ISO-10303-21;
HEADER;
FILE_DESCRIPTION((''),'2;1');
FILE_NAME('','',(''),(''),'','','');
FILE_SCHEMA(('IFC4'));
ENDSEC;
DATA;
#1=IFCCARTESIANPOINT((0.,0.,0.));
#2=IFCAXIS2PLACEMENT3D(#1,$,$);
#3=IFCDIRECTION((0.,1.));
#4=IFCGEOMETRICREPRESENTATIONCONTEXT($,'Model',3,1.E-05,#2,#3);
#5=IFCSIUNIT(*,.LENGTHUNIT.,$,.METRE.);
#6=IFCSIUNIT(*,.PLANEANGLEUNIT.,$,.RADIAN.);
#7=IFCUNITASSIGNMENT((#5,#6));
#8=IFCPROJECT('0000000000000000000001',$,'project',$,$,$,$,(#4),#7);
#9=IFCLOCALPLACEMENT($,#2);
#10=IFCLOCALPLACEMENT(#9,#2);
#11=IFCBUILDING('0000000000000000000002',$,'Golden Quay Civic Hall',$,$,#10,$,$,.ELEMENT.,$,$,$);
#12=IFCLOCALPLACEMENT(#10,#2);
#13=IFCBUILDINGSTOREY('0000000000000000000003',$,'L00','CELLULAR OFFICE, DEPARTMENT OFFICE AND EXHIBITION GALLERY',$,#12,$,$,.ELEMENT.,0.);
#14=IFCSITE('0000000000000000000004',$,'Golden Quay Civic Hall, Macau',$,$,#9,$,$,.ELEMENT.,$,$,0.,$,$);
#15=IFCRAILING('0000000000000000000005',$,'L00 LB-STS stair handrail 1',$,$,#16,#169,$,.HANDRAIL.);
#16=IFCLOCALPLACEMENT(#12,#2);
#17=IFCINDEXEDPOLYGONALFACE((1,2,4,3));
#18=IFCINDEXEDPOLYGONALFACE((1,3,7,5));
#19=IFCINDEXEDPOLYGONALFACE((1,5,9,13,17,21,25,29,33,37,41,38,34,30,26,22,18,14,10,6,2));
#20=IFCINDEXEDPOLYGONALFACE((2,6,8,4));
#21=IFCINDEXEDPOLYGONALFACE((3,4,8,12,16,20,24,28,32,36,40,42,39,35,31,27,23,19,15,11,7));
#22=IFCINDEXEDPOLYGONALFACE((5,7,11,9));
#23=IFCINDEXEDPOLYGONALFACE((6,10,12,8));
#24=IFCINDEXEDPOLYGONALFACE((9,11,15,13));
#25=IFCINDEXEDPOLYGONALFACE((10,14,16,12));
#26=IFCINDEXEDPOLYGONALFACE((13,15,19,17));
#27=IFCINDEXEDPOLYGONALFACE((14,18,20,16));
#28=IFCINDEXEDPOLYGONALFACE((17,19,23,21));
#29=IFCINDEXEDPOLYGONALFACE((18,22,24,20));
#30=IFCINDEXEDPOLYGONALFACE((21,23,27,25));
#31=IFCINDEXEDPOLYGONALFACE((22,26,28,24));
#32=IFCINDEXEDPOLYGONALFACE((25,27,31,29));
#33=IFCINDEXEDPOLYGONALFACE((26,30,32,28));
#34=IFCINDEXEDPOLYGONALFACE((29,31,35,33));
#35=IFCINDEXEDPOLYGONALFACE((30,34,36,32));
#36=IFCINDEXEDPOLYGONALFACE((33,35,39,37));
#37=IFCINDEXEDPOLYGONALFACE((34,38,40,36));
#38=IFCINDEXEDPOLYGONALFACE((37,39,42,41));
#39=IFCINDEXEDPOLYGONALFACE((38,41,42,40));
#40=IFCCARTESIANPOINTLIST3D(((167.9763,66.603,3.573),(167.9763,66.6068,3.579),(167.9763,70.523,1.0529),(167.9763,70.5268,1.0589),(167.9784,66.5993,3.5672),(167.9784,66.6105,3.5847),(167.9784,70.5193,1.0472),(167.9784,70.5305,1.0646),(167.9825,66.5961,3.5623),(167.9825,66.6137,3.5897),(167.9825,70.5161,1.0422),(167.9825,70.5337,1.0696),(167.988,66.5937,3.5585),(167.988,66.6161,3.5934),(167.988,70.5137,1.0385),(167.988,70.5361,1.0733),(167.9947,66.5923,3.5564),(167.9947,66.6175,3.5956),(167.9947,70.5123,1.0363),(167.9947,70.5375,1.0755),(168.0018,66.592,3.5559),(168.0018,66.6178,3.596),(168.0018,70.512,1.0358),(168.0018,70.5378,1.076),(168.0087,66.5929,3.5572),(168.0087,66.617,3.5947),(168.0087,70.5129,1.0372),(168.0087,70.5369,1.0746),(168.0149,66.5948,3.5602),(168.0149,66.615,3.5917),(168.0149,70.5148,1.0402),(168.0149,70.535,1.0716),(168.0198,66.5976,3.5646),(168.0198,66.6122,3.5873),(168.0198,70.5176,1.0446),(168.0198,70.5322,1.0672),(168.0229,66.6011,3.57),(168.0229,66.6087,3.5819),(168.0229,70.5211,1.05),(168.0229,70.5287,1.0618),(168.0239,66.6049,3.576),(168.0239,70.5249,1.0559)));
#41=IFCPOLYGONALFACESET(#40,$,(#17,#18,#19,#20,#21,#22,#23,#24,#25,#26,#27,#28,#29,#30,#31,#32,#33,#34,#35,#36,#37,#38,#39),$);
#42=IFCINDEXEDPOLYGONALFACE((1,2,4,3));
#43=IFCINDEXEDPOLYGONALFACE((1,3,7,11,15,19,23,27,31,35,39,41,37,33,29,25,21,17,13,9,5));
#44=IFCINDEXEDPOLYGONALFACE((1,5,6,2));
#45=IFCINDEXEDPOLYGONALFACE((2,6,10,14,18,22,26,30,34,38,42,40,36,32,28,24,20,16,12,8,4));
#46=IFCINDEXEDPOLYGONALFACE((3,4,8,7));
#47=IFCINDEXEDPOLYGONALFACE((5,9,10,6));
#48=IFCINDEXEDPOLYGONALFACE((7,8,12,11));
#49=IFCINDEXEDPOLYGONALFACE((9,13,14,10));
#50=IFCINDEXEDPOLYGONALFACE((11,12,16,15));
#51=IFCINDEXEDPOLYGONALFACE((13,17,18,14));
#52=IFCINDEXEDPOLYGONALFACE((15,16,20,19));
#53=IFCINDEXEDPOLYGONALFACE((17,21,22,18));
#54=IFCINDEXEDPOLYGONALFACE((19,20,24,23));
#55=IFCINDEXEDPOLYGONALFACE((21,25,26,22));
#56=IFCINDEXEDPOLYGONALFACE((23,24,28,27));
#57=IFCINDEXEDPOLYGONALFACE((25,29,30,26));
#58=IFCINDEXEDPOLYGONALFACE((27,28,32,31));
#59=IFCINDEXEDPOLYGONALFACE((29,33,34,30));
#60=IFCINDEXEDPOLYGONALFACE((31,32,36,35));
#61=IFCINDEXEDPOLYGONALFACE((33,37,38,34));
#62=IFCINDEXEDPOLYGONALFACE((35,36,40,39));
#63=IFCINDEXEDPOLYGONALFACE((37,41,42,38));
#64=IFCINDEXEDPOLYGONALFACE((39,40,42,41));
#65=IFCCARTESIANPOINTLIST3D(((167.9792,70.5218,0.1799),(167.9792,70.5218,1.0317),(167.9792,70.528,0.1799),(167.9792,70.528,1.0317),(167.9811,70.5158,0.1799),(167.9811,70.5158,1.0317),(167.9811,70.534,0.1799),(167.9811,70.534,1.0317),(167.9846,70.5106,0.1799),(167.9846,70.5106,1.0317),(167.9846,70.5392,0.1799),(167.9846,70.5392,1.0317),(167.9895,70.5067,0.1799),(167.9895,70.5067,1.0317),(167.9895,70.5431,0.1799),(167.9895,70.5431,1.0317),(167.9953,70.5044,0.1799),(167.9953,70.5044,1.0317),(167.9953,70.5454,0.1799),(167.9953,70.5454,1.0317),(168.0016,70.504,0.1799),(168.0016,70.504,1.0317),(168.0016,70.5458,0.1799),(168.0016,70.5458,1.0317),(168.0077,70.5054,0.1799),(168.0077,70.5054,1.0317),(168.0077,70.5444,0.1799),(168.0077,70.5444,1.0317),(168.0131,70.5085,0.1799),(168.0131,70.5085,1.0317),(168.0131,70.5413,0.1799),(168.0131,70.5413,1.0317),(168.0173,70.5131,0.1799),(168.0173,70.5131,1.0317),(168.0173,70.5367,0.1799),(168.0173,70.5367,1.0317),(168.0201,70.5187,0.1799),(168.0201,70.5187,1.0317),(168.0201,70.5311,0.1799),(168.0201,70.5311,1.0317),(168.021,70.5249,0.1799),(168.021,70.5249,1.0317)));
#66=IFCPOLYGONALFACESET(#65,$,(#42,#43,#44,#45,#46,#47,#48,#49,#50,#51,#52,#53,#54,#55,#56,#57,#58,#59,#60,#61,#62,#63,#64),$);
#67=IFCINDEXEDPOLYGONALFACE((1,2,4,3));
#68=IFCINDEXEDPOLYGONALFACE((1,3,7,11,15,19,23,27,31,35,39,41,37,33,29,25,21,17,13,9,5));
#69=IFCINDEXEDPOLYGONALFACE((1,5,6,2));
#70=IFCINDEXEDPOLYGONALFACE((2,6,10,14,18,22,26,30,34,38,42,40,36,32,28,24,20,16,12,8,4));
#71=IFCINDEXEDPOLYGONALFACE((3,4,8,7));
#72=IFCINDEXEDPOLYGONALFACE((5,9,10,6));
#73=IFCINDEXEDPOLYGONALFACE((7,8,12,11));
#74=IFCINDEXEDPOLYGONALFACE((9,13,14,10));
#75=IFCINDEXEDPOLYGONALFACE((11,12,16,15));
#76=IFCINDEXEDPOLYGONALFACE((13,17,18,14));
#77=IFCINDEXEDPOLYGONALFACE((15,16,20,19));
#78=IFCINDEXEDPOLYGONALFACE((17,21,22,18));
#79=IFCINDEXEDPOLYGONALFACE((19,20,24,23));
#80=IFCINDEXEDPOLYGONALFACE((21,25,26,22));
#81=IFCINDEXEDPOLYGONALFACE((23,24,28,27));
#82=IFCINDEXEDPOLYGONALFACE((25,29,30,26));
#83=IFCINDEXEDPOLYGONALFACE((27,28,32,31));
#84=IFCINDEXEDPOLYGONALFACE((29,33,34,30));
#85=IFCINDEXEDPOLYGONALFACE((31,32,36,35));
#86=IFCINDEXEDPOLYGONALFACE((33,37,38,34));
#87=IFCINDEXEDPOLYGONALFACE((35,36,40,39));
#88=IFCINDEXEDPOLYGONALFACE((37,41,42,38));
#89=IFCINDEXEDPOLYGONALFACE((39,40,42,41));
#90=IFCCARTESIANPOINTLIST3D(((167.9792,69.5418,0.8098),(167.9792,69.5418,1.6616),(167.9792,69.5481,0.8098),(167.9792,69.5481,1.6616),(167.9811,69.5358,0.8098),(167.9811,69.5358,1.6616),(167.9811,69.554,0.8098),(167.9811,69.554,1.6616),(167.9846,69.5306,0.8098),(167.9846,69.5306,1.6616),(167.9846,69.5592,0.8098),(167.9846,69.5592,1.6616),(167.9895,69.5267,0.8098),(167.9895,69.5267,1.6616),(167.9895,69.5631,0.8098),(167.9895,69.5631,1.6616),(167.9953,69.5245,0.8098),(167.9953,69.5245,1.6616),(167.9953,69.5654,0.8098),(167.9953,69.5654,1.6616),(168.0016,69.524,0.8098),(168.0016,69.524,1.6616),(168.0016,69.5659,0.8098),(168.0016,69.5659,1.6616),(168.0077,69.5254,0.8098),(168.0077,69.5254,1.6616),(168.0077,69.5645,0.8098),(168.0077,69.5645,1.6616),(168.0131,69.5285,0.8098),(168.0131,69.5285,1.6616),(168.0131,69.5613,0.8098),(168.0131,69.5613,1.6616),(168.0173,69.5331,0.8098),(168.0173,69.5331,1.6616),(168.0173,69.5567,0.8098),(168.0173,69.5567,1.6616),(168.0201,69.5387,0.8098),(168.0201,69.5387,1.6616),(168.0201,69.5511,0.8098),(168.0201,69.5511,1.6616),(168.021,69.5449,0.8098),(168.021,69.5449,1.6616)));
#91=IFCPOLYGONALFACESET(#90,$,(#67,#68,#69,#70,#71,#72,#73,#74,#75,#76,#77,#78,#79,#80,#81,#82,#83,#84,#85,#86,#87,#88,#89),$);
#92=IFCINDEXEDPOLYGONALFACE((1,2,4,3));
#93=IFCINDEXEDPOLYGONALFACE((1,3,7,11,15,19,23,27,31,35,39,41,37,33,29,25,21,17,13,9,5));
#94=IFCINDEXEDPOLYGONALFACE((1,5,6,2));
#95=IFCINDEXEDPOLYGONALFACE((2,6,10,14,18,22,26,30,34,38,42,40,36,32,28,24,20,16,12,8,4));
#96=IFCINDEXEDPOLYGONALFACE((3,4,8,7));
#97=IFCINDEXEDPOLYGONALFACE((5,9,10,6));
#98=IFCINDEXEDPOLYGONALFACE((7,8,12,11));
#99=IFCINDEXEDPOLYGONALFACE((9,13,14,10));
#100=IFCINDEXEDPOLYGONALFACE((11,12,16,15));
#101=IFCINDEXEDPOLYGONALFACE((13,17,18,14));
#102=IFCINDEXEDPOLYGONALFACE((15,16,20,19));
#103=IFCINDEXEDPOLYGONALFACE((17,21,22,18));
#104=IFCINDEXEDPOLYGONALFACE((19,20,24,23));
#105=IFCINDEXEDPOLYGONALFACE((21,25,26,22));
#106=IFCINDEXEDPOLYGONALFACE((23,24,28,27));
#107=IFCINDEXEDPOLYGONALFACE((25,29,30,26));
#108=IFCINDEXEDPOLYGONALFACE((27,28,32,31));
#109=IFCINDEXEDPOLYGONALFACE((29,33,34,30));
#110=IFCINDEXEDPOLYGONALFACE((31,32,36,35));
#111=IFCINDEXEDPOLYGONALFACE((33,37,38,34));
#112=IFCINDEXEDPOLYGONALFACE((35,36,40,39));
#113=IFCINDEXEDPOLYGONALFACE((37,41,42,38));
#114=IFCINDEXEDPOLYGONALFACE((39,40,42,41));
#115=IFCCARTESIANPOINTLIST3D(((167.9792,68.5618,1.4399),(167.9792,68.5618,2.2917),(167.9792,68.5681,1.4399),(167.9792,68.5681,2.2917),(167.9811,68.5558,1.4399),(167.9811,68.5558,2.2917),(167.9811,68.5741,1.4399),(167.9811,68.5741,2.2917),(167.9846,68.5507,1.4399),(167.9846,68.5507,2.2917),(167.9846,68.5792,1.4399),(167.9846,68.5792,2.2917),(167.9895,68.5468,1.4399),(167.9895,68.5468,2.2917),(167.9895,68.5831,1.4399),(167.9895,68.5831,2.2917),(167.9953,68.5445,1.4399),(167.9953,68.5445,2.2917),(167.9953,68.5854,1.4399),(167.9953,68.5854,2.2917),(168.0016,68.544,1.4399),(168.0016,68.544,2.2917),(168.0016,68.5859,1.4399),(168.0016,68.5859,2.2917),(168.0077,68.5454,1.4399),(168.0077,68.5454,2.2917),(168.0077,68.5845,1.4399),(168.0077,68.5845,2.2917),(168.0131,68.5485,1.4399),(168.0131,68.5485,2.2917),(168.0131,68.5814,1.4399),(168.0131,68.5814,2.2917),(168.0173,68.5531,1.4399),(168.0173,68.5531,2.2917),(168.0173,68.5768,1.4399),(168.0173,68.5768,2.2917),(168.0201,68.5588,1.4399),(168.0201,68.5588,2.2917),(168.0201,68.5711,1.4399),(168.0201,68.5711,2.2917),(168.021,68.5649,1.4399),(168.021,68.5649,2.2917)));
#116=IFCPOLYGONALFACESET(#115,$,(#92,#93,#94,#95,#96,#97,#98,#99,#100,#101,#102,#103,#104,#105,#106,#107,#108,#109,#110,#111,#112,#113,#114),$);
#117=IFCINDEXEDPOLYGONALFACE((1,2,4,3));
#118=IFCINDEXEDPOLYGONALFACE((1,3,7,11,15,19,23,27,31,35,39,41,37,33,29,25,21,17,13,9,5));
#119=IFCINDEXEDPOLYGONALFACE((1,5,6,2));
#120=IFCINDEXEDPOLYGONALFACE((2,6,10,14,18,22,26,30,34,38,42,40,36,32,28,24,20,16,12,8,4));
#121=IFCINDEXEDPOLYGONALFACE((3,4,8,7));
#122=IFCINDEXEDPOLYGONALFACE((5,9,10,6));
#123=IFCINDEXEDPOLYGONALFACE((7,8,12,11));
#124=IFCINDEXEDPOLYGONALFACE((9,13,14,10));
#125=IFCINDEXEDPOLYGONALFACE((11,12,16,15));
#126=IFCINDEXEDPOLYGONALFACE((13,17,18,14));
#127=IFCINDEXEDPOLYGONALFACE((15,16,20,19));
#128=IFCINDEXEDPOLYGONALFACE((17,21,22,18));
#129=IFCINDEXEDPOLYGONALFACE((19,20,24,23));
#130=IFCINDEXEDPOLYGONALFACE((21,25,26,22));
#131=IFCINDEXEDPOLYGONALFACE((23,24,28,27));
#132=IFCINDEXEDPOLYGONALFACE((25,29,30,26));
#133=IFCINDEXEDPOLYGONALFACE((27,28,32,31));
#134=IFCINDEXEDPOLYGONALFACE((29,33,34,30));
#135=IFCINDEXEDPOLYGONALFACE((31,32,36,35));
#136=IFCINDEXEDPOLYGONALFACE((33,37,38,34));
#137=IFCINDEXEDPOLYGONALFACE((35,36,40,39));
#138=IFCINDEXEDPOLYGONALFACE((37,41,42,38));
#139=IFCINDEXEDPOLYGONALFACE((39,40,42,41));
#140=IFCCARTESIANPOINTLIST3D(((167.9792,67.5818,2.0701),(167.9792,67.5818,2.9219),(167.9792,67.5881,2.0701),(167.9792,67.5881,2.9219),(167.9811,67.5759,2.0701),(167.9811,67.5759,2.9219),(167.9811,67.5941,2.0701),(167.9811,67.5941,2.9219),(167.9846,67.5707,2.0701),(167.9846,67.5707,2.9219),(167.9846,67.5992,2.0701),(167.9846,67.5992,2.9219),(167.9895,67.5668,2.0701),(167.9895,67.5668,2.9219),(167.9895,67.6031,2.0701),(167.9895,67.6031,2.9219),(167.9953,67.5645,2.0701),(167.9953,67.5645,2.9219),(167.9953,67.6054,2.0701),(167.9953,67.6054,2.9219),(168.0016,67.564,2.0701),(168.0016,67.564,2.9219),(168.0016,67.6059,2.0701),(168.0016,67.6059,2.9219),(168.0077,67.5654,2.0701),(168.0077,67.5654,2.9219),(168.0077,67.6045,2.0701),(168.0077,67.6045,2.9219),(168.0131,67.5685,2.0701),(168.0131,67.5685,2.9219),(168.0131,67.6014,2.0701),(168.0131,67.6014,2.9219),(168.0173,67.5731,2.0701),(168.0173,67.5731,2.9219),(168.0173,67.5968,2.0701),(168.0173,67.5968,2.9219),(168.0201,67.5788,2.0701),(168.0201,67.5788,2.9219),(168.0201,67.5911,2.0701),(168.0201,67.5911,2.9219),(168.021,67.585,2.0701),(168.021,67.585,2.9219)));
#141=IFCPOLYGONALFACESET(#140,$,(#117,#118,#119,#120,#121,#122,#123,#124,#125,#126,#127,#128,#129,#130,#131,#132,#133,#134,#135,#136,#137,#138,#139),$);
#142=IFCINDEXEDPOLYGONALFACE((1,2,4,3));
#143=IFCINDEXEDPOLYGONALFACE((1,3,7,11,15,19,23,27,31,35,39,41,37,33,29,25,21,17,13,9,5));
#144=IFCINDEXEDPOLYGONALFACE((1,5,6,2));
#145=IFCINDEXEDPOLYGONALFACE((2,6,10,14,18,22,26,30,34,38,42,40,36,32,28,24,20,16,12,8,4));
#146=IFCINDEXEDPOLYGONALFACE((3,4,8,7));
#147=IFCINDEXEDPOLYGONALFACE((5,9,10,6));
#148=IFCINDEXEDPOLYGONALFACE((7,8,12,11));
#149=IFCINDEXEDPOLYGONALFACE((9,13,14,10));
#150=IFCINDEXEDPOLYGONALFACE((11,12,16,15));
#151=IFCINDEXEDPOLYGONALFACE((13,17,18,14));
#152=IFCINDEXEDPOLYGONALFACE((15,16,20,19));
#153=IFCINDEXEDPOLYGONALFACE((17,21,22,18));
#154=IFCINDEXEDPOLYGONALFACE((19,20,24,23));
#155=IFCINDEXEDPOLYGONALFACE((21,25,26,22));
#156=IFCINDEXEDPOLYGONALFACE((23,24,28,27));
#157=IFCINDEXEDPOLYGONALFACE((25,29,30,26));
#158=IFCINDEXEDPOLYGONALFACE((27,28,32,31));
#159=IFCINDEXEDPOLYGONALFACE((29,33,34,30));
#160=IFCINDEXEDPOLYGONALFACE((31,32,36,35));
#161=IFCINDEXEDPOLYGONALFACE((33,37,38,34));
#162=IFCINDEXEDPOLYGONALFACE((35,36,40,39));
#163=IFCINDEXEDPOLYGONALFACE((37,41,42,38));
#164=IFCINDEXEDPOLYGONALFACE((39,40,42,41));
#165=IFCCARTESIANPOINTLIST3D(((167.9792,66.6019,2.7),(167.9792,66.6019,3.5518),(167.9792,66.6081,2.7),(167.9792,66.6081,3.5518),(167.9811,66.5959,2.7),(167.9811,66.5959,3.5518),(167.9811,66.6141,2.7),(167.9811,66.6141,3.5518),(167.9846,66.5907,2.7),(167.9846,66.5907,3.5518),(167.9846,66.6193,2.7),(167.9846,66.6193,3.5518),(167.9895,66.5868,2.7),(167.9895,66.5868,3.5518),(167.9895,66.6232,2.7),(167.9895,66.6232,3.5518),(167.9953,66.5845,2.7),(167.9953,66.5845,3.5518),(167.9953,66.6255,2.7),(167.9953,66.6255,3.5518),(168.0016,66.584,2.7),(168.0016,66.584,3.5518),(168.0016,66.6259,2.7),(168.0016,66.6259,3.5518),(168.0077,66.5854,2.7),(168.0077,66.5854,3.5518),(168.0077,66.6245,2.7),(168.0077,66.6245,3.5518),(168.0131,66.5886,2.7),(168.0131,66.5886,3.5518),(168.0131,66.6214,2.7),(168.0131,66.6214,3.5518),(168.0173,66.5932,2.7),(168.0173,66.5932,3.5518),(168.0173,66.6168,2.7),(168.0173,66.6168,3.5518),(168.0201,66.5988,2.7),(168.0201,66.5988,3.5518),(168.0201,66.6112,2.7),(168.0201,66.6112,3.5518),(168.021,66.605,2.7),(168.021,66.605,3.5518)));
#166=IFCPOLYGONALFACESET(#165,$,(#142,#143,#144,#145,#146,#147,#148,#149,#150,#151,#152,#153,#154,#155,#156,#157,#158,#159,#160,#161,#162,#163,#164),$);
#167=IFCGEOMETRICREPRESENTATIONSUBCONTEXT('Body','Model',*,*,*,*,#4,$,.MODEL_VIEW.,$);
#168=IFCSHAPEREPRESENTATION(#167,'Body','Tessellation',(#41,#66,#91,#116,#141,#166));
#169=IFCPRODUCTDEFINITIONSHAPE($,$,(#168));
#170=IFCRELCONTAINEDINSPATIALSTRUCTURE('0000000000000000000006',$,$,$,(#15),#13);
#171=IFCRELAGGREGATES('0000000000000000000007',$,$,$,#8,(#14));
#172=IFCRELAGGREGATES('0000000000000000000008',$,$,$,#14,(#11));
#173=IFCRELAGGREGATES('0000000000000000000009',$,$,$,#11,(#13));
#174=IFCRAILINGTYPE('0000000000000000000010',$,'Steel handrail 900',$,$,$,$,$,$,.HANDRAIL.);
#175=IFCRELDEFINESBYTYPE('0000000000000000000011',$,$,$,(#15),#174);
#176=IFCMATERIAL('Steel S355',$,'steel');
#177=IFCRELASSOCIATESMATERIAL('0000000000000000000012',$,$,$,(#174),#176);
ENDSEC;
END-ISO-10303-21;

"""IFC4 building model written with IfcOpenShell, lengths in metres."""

from ifc_helpers import new_model, si_unit, direction, frame, origin, origin_2d, place, context, subcontext, project, spatial, circle, extrude, material, type_object, element, save


model = new_model("IFC4")

# Units and contexts
model_context = context("Model", 3, precision=1e-05, world=origin(), true_north=direction((0.0, 1.0)))
body_context = subcontext(model_context, "Body", "Model", "MODEL_VIEW")
ifc_project = project(units=[si_unit("LENGTHUNIT", "METRE"), si_unit("PLANEANGLEUNIT", "RADIAN")], contexts=[model_context])

# Site, building, storey
site_placement = place(None, origin())
site = spatial("IfcSite", under=ifc_project, at=site_placement, Name="Golden Quay Civic Hall, Macau", CompositionType="ELEMENT", RefElevation=0.0)
building_placement = place(site_placement, origin())
building = spatial("IfcBuilding", under=site, at=building_placement, Name="Golden Quay Civic Hall", CompositionType="ELEMENT")
storey_placement = place(building_placement, origin())
storey = spatial("IfcBuildingStorey", under=building, at=storey_placement, Name="L00", Description="CELLULAR OFFICE, DEPARTMENT OFFICE AND EXHIBITION GALLERY", CompositionType="ELEMENT", Elevation=0.0)

# Railing
ifc_material_1 = material(Name="Steel S355", Category="steel")
railing_type_1 = type_object("IfcRailingType", Name="Steel handrail 900", PredefinedType="HANDRAIL", material=ifc_material_1)
railing_1_placement = place(storey_placement, frame((168.0, 70.5249, 0.1799)))
element("IfcRailing", 1, at=railing_1_placement, inside=storey, type_object=railing_type_1, Name="L00 LB-STS stair handrail 1", PredefinedType="HANDRAIL", context=body_context, shape_type="SweptSolid", body=[
    extrude(circle(Radius=0.0239, at=origin_2d()), frame((0.0, 0.0, 0.876), z_axis=(0.0, -0.841172, 0.540768), x_axis=(1.0, 0.0, 0.0)), (0.0, 0.0, 1.0), 4.6602),
    extrude(circle(Radius=0.021, at=origin_2d()), origin(), (0.0, 0.0, 1.0), 0.8518),
    extrude(circle(Radius=0.021, at=origin_2d()), frame((0.0, -0.98, 0.6299)), (0.0, 0.0, 1.0), 0.8518),
    extrude(circle(Radius=0.021, at=origin_2d()), frame((0.0, -1.96, 1.26)), (0.0, 0.0, 1.0), 0.8518),
    extrude(circle(Radius=0.021, at=origin_2d()), frame((0.0, -2.9399, 1.8901)), (0.0, 0.0, 1.0), 0.8518),
    extrude(circle(Radius=0.021, at=origin_2d()), frame((0.0, -3.9199, 2.52)), (0.0, 0.0, 1.0), 0.8518),
])

save(model, "model.ifc")
